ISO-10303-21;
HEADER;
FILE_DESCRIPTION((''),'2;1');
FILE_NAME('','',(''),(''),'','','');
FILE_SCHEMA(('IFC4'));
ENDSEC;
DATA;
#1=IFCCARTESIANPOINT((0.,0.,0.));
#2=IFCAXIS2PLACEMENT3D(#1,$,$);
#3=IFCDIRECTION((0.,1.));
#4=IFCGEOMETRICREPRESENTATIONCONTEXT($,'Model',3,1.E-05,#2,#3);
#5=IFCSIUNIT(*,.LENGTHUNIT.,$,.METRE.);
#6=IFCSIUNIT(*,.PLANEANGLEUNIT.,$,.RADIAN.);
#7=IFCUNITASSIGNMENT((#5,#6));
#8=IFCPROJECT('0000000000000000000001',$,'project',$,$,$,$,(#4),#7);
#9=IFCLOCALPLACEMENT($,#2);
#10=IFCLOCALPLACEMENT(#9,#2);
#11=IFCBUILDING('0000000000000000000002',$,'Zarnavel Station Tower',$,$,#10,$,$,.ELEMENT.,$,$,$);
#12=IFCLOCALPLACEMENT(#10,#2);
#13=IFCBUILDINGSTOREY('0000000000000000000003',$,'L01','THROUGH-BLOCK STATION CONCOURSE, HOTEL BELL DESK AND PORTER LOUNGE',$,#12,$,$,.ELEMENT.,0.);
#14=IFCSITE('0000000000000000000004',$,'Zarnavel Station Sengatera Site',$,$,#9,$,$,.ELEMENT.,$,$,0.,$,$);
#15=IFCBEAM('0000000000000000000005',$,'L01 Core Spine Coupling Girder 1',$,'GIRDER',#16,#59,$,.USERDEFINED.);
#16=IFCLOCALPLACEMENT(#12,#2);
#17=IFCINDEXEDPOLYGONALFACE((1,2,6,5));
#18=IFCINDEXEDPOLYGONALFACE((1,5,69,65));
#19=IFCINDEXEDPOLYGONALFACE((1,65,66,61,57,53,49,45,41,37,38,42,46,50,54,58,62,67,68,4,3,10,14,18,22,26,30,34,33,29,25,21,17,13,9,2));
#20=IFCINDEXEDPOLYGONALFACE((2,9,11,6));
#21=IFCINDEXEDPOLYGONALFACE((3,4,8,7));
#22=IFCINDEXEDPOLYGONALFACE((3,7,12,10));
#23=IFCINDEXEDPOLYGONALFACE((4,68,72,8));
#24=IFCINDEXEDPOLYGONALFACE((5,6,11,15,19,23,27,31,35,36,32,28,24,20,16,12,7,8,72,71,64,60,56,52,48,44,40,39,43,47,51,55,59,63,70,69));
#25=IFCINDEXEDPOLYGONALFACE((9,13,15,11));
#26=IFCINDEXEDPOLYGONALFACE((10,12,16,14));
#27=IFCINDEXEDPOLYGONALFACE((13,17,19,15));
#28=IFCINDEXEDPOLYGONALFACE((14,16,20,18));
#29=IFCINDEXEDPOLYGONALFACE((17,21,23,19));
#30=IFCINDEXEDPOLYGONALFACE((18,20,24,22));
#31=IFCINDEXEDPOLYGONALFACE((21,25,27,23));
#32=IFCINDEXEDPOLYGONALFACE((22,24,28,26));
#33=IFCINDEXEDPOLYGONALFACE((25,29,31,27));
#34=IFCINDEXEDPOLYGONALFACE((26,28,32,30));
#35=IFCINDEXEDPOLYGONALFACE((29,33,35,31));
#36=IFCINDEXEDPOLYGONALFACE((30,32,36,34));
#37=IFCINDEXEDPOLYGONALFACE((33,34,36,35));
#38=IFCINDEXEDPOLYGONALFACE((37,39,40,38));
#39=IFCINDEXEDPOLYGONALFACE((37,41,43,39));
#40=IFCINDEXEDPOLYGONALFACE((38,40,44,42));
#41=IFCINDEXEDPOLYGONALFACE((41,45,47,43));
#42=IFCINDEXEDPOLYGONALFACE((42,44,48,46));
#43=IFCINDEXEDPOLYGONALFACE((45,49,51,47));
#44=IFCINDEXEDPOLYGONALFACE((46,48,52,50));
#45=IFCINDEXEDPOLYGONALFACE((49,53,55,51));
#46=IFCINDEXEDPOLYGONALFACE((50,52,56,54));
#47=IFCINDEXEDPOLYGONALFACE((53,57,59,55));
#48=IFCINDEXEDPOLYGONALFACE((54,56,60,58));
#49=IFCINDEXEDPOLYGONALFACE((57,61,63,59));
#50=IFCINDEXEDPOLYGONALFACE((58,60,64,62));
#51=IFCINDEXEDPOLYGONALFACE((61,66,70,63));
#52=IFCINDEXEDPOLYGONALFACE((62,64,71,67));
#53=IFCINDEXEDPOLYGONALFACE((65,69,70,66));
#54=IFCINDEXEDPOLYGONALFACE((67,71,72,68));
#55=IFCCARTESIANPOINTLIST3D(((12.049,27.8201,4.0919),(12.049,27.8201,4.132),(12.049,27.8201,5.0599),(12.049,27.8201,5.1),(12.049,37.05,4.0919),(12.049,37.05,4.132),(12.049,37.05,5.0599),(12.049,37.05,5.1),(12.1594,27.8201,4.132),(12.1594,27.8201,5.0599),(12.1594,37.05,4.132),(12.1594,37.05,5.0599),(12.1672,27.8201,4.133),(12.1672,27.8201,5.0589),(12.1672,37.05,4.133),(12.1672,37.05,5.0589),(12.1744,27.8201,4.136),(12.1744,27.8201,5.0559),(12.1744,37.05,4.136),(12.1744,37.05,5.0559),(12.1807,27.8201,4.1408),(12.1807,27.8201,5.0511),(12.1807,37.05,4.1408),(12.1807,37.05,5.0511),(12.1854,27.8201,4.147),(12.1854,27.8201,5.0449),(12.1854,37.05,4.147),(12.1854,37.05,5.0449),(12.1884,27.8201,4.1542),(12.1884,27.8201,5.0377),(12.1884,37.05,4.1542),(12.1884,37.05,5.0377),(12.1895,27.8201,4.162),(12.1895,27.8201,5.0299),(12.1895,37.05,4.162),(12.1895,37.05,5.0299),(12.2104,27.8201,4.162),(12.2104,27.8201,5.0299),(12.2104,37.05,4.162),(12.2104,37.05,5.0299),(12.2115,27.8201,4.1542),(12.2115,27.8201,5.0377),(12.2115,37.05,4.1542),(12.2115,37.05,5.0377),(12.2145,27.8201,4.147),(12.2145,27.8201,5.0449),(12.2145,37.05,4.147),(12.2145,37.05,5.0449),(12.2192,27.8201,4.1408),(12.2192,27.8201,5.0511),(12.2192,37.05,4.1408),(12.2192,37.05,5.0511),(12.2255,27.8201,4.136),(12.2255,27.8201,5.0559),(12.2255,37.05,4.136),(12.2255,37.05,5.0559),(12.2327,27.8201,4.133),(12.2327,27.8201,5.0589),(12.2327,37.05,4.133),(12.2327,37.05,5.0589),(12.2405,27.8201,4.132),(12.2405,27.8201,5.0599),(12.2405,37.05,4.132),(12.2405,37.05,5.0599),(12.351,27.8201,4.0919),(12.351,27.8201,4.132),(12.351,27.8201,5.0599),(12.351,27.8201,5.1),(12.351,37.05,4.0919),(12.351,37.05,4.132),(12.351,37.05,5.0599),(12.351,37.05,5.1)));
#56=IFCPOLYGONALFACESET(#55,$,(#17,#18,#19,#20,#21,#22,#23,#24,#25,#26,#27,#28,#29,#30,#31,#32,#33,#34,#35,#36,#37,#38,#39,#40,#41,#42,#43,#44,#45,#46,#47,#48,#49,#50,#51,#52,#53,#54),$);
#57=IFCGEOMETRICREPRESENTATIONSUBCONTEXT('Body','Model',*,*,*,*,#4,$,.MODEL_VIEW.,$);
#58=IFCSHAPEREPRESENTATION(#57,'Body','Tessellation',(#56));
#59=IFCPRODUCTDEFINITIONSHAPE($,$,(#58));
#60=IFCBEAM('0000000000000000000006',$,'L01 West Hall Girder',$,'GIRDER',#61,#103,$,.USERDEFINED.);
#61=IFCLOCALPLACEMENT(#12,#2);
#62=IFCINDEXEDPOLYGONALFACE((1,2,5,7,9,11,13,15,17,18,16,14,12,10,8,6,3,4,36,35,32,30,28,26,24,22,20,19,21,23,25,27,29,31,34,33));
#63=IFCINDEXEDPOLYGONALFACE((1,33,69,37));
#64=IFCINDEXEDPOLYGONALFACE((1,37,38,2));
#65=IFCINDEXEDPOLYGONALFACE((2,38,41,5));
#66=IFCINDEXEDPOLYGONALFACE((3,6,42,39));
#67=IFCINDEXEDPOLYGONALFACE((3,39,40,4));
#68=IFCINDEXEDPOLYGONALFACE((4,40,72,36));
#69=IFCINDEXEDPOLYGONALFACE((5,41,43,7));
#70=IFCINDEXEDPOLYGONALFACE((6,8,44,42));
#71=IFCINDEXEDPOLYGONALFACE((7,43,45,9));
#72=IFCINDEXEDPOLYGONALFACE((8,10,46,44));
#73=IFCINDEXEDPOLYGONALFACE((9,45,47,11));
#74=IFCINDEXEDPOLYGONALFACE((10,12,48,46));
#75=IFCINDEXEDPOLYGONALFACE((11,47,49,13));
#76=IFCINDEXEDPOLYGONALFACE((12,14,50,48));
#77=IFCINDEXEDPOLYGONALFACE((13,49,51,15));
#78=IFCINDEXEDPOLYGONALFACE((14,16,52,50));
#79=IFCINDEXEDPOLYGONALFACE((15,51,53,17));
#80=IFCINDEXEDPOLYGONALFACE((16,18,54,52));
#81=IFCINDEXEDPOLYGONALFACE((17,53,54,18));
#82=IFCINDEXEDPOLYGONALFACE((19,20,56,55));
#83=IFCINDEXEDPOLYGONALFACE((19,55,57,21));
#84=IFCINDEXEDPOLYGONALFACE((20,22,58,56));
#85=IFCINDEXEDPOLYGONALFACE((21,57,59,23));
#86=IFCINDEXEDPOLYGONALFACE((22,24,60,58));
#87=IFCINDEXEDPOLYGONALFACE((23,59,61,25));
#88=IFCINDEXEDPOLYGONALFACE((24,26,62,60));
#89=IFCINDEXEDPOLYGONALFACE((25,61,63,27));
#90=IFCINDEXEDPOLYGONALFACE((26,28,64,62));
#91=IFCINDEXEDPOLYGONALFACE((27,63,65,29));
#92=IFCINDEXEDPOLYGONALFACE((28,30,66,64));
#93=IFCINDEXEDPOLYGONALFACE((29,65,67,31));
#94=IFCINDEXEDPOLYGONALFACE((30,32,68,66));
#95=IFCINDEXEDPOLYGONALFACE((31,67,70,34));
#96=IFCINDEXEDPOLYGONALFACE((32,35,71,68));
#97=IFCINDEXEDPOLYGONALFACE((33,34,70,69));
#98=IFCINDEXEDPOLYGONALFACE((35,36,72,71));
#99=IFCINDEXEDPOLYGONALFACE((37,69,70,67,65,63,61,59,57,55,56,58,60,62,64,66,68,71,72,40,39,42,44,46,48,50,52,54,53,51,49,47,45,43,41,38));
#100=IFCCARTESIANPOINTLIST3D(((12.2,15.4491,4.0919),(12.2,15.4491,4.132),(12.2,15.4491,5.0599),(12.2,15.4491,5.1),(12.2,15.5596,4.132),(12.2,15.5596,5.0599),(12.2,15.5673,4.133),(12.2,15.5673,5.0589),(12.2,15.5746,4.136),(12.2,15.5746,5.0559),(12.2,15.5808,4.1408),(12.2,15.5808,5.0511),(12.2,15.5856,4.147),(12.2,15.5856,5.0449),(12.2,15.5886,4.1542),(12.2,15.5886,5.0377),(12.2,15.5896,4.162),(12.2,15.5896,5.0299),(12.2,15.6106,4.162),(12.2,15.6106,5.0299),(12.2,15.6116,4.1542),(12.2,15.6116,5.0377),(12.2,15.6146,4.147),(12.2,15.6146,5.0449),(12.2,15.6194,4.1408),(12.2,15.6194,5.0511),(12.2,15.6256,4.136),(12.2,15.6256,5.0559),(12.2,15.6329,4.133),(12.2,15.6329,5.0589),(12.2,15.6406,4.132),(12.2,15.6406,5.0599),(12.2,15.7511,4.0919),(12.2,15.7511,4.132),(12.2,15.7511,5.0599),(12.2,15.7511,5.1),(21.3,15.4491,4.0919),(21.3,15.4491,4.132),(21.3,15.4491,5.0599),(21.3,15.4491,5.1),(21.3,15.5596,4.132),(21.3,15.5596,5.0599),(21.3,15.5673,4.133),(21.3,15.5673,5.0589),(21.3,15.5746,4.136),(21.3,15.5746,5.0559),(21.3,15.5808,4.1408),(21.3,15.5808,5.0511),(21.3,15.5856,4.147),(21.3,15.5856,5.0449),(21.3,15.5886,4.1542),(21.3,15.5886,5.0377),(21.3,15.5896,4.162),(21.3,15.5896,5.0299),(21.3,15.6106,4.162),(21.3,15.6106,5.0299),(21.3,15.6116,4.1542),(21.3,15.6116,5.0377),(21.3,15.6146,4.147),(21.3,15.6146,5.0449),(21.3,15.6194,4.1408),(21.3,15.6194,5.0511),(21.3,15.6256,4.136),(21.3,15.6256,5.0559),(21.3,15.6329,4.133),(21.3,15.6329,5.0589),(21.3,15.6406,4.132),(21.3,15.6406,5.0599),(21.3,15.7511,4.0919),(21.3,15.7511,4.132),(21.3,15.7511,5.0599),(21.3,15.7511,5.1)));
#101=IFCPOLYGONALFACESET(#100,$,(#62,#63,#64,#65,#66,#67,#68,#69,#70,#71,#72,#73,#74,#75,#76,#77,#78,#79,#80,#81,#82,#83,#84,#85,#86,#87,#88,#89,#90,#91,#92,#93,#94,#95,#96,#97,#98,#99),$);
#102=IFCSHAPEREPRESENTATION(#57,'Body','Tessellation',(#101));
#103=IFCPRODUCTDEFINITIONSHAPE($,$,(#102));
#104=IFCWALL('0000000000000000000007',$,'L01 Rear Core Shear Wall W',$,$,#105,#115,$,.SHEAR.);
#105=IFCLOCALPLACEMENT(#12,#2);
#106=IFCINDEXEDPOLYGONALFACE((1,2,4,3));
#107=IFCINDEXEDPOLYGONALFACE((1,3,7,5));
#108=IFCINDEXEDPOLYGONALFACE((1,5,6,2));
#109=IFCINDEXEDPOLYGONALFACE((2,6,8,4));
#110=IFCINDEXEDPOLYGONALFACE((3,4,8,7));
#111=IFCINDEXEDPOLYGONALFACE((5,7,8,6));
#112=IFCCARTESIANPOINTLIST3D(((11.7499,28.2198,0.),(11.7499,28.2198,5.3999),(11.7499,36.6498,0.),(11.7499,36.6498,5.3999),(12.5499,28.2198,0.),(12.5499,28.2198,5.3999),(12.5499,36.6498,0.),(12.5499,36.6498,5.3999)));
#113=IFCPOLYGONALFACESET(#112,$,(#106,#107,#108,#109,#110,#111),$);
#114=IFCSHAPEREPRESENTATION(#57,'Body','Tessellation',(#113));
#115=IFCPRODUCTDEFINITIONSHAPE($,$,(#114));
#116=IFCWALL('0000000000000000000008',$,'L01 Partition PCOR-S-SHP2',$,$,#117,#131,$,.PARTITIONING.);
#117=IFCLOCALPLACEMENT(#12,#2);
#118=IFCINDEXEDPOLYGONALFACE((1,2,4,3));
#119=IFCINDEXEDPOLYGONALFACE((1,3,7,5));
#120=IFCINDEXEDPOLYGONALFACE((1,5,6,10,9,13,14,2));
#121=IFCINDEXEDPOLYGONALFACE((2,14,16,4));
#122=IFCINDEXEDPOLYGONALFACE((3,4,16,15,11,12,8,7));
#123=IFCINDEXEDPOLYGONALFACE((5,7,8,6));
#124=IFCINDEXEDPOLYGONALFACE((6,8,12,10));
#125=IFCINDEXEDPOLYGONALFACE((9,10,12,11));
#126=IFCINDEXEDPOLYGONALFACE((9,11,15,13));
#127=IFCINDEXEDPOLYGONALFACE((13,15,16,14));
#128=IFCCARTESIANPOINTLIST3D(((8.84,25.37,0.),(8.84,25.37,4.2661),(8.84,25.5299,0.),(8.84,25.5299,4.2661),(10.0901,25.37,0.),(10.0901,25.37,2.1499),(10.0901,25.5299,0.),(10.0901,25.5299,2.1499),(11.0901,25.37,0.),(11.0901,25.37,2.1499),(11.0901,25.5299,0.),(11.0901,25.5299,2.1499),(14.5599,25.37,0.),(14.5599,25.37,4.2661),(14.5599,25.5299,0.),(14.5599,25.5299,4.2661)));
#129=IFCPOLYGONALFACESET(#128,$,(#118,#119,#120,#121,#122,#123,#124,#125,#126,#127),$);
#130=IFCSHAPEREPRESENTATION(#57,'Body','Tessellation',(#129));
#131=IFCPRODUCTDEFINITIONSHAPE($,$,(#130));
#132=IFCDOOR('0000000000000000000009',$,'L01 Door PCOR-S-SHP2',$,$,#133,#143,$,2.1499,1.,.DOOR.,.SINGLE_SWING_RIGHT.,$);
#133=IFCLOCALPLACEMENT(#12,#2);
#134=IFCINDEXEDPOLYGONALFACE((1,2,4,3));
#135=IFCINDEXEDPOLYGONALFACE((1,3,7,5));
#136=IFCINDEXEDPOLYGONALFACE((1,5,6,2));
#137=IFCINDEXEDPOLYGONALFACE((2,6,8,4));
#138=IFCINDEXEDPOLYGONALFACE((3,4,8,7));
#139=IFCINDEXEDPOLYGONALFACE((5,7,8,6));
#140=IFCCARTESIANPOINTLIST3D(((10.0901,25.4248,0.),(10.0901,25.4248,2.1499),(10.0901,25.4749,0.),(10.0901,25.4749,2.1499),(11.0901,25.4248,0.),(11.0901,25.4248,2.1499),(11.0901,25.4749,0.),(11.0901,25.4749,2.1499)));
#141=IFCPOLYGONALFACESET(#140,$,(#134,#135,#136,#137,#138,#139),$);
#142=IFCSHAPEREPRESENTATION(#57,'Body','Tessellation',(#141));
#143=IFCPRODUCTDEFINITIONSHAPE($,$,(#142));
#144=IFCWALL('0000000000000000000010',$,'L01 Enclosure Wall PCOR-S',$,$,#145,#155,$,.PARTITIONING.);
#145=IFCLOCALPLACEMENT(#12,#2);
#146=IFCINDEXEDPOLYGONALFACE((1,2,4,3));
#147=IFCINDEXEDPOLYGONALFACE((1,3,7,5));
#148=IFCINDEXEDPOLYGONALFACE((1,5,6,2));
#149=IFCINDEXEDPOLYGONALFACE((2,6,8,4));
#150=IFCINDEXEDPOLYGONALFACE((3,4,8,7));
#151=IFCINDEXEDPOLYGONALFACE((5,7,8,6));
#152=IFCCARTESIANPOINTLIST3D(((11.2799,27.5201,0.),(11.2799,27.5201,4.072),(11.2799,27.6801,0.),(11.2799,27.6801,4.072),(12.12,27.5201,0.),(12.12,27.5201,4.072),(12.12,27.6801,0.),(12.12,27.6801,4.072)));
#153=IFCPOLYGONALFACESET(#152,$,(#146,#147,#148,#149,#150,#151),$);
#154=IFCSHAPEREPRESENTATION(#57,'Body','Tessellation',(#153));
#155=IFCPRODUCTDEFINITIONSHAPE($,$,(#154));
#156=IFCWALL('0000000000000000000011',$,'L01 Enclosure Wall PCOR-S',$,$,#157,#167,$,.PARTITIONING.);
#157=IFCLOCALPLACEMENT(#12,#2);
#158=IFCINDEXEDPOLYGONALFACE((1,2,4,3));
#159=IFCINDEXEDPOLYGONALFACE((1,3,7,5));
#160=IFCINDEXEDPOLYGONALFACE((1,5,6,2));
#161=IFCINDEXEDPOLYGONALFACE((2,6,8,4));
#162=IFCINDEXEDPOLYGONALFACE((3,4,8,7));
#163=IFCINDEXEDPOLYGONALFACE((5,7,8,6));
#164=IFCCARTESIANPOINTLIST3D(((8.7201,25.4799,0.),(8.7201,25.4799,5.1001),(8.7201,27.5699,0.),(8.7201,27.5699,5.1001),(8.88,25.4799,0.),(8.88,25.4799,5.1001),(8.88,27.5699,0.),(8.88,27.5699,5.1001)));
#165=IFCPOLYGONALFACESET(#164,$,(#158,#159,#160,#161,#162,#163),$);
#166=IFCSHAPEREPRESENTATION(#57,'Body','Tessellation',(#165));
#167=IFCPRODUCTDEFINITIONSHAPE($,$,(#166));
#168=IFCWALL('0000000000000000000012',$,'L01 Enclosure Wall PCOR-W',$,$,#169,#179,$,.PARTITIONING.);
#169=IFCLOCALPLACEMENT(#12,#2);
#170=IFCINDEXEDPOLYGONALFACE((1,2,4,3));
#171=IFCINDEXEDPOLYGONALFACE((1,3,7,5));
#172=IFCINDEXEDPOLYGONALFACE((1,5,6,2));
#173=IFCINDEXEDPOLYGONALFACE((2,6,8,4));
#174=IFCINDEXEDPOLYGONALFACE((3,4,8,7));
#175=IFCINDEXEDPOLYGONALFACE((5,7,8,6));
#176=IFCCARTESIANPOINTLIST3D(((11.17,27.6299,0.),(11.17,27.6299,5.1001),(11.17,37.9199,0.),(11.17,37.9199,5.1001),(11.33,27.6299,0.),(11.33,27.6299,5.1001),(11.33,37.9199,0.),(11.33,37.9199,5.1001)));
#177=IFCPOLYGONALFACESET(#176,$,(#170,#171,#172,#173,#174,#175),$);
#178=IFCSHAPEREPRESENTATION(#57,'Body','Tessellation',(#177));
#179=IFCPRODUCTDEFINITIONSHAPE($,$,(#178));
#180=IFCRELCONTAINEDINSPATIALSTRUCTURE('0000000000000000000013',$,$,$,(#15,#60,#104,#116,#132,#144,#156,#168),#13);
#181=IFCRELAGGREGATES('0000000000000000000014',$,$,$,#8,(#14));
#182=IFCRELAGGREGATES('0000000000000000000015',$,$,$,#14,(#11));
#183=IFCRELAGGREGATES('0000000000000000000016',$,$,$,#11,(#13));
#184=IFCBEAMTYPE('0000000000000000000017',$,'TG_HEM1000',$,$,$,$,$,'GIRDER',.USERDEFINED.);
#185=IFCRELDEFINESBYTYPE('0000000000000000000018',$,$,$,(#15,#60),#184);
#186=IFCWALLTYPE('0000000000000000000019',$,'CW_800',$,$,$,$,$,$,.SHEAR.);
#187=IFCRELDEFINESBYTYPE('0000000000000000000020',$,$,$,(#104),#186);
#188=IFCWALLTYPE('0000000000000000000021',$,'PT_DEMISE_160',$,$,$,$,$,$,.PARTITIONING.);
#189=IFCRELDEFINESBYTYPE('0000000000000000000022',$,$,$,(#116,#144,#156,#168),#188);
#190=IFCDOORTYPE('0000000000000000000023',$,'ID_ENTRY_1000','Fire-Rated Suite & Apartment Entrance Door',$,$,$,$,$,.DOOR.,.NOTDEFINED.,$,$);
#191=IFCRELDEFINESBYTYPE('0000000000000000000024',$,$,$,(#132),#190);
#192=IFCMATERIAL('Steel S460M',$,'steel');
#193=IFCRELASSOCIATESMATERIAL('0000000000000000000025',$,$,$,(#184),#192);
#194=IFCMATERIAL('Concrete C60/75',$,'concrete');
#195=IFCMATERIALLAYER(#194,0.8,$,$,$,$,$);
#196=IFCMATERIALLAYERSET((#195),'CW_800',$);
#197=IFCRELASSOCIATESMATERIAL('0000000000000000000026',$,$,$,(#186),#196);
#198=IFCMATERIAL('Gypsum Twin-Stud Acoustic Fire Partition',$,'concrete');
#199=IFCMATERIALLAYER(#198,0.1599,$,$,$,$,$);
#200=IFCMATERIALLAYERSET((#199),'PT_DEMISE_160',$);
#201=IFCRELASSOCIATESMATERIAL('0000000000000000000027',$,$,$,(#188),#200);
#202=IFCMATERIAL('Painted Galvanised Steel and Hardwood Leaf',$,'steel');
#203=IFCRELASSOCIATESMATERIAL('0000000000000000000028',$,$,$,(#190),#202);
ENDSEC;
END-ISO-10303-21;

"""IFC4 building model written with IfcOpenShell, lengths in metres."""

from ifc_helpers import new_model, si_unit, direction, frame, frame_2d, origin, origin_2d, place, context, subcontext, project, spatial, rectangle, i_section, extrude, material, layer, layer_set, material_profile, profile_set, type_object, element, fill, save


model = new_model("IFC4")

# Units and contexts
model_context = context("Model", 3, precision=1e-05, world=origin(), true_north=direction((0.0, 1.0)))
body_context = subcontext(model_context, "Body", "Model", "MODEL_VIEW")
ifc_project = project(units=[si_unit("LENGTHUNIT", "METRE"), si_unit("PLANEANGLEUNIT", "RADIAN")], contexts=[model_context])

# Site, building, storey
site_placement = place(None, origin())
site = spatial("IfcSite", under=ifc_project, at=site_placement, Name="Zarnavel Station Sengatera Site", CompositionType="ELEMENT", RefElevation=0.0)
building_placement = place(site_placement, origin())
building = spatial("IfcBuilding", under=site, at=building_placement, Name="Zarnavel Station Tower", CompositionType="ELEMENT")
storey_placement = place(building_placement, origin())
storey = spatial("IfcBuildingStorey", under=building, at=storey_placement, Name="L01", Description="THROUGH-BLOCK STATION CONCOURSE, HOTEL BELL DESK AND PORTER LOUNGE", CompositionType="ELEMENT", Elevation=0.0)

# Beams
ifc_material_1 = material(Name="Steel S460M", Category="steel")
ifc_material_profile_1 = material_profile(ifc_material_1, i_section(OverallWidth=0.302, OverallDepth=1.0081, WebThickness=0.021, FlangeThickness=0.04, FilletRadius=0.03, at=origin_2d()), Name="HEM1000")
ifc_profile_set_1 = profile_set([ifc_material_profile_1], Name="Steel S460M")
beam_type_1 = type_object("IfcBeamType", Name="TG_HEM1000", ElementType="GIRDER", PredefinedType="USERDEFINED", material=ifc_profile_set_1)
beam_1_placement = place(storey_placement, frame((12.2, 27.8201, 4.5959), z_axis=(0.0, 1.0, 0.0), x_axis=(-1.0, 0.0, 0.0)))
element("IfcBeam", 1, at=beam_1_placement, inside=storey, type_object=beam_type_1, Name="L01 Core Spine Coupling Girder 1", ObjectType="GIRDER", PredefinedType="USERDEFINED", context=body_context, shape_type="SweptSolid", body=[
    extrude(i_section(OverallWidth=0.302, OverallDepth=1.0081, WebThickness=0.021, FlangeThickness=0.04, FilletRadius=0.03, at=origin_2d()), origin(), (0.0, 0.0, 1.0), 9.23),
])
beam_2_placement = place(storey_placement, frame((12.2, 15.6001, 4.5959), z_axis=(1.0, 0.0, 0.0), x_axis=(0.0, 1.0, 0.0)))
element("IfcBeam", 2, at=beam_2_placement, inside=storey, type_object=beam_type_1, Name="L01 West Hall Girder", ObjectType="GIRDER", PredefinedType="USERDEFINED", context=body_context, shape_type="SweptSolid", body=[
    extrude(i_section(OverallWidth=0.302, OverallDepth=1.0081, WebThickness=0.021, FlangeThickness=0.04, FilletRadius=0.03, at=origin_2d()), origin(), (0.0, 0.0, 1.0), 9.1001),
])

# Wall
ifc_material_2 = material(Name="Concrete C60/75", Category="concrete")
ifc_layer_1 = layer(ifc_material_2, 0.8)
ifc_layer_set_1 = layer_set([ifc_layer_1], Name="CW_800")
wall_type_1 = type_object("IfcWallType", Name="CW_800", PredefinedType="SHEAR", material=ifc_layer_set_1)
wall_1_placement = place(storey_placement, frame((12.1499, 28.22, 0.0), z_axis=(0.0, 0.0, 1.0), x_axis=(0.0, 1.0, 0.0)))
element("IfcWall", 3, at=wall_1_placement, inside=storey, type_object=wall_type_1, Name="L01 Rear Core Shear Wall W", PredefinedType="SHEAR", context=body_context, shape_type="SweptSolid", body=[
    extrude(rectangle(XDim=8.4299, YDim=0.8, at=frame_2d((4.2148, 0.0))), origin(), (0.0, 0.0, 1.0), 5.3999),
])

# Wall, opening, door
ifc_material_3 = material(Name="Gypsum Twin-Stud Acoustic Fire Partition", Category="concrete")
ifc_layer_2 = layer(ifc_material_3, 0.1599)
ifc_layer_set_2 = layer_set([ifc_layer_2], Name="PT_DEMISE_160")
wall_type_2 = type_object("IfcWallType", Name="PT_DEMISE_160", PredefinedType="PARTITIONING", material=ifc_layer_set_2)
wall_2_placement = place(storey_placement, frame((8.8401, 25.45, 0.0), z_axis=(0.0, 0.0, 1.0), x_axis=(1.0, 0.0, 0.0)))
wall_2 = element("IfcWall", 4, at=wall_2_placement, inside=storey, type_object=wall_type_2, Name="L01 Partition PCOR-S-SHP2", PredefinedType="PARTITIONING", context=body_context, shape_type="SweptSolid", body=[
    extrude(rectangle(XDim=5.72, YDim=0.1599, at=frame_2d((2.8599, 0.0))), origin(), (0.0, 0.0, 1.0), 4.2661),
])
opening_1_placement = place(wall_2_placement, frame((1.25, 0.0, 0.0)))
opening_1 = element("IfcOpeningElement", 5, at=opening_1_placement, cuts=wall_2, PredefinedType="OPENING", context=body_context, shape_type="SweptSolid", body=[
    extrude(rectangle(XDim=1.0, YDim=2.1499, at=frame_2d((0.5, 1.075))), frame((0.0, 0.0898, 0.0), z_axis=(0.0, -1.0, 0.0), x_axis=(1.0, 0.0, 0.0)), (0.0, 0.0, 1.0), 0.1799),
])
ifc_material_4 = material(Name="Painted Galvanised Steel and Hardwood Leaf", Category="steel")
door_type_1 = type_object("IfcDoorType", Name="ID_ENTRY_1000", Description="Fire-Rated Suite & Apartment Entrance Door", OperationType="NOTDEFINED", PredefinedType="DOOR", material=ifc_material_4)
door_1_placement = place(opening_1_placement, origin())
door_1 = element("IfcDoor", 6, at=door_1_placement, inside=storey, type_object=door_type_1, Name="L01 Door PCOR-S-SHP2", OperationType="SINGLE_SWING_RIGHT", OverallHeight=2.1499, OverallWidth=1.0, PredefinedType="DOOR", context=body_context, shape_type="SweptSolid", body=[
    extrude(rectangle(XDim=1.0, YDim=2.1499, at=frame_2d((0.5, 1.075))), frame((0.0, 0.0249, 0.0), z_axis=(0.0, -1.0, 0.0), x_axis=(1.0, 0.0, 0.0)), (0.0, 0.0, 1.0), 0.05),
])
fill(opening_1, door_1)

# Walls
wall_3_placement = place(storey_placement, frame((11.28, 27.6001, 0.0), z_axis=(0.0, 0.0, 1.0), x_axis=(1.0, 0.0, 0.0)))
element("IfcWall", 7, at=wall_3_placement, inside=storey, type_object=wall_type_2, Name="L01 Enclosure Wall PCOR-S", PredefinedType="PARTITIONING", context=body_context, shape_type="SweptSolid", body=[
    extrude(rectangle(XDim=0.8401, YDim=0.1599, at=frame_2d((0.4199, 0.0))), origin(), (0.0, 0.0, 1.0), 4.072),
])
wall_4_placement = place(storey_placement, frame((8.8, 25.48, 0.0), z_axis=(0.0, 0.0, 1.0), x_axis=(0.0, 1.0, 0.0)))
element("IfcWall", 8, at=wall_4_placement, inside=storey, type_object=wall_type_2, Name="L01 Enclosure Wall PCOR-S", PredefinedType="PARTITIONING", context=body_context, shape_type="SweptSolid", body=[
    extrude(rectangle(XDim=2.0901, YDim=0.1599, at=frame_2d((1.0449, 0.0))), origin(), (0.0, 0.0, 1.0), 5.1001),
])
wall_5_placement = place(storey_placement, frame((11.25, 27.6299, 0.0), z_axis=(0.0, 0.0, 1.0), x_axis=(0.0, 1.0, 0.0)))
element("IfcWall", 9, at=wall_5_placement, inside=storey, type_object=wall_type_2, Name="L01 Enclosure Wall PCOR-W", PredefinedType="PARTITIONING", context=body_context, shape_type="SweptSolid", body=[
    extrude(rectangle(XDim=10.29, YDim=0.1599, at=frame_2d((5.145, 0.0))), origin(), (0.0, 0.0, 1.0), 5.1001),
])

save(model, "model.ifc")
